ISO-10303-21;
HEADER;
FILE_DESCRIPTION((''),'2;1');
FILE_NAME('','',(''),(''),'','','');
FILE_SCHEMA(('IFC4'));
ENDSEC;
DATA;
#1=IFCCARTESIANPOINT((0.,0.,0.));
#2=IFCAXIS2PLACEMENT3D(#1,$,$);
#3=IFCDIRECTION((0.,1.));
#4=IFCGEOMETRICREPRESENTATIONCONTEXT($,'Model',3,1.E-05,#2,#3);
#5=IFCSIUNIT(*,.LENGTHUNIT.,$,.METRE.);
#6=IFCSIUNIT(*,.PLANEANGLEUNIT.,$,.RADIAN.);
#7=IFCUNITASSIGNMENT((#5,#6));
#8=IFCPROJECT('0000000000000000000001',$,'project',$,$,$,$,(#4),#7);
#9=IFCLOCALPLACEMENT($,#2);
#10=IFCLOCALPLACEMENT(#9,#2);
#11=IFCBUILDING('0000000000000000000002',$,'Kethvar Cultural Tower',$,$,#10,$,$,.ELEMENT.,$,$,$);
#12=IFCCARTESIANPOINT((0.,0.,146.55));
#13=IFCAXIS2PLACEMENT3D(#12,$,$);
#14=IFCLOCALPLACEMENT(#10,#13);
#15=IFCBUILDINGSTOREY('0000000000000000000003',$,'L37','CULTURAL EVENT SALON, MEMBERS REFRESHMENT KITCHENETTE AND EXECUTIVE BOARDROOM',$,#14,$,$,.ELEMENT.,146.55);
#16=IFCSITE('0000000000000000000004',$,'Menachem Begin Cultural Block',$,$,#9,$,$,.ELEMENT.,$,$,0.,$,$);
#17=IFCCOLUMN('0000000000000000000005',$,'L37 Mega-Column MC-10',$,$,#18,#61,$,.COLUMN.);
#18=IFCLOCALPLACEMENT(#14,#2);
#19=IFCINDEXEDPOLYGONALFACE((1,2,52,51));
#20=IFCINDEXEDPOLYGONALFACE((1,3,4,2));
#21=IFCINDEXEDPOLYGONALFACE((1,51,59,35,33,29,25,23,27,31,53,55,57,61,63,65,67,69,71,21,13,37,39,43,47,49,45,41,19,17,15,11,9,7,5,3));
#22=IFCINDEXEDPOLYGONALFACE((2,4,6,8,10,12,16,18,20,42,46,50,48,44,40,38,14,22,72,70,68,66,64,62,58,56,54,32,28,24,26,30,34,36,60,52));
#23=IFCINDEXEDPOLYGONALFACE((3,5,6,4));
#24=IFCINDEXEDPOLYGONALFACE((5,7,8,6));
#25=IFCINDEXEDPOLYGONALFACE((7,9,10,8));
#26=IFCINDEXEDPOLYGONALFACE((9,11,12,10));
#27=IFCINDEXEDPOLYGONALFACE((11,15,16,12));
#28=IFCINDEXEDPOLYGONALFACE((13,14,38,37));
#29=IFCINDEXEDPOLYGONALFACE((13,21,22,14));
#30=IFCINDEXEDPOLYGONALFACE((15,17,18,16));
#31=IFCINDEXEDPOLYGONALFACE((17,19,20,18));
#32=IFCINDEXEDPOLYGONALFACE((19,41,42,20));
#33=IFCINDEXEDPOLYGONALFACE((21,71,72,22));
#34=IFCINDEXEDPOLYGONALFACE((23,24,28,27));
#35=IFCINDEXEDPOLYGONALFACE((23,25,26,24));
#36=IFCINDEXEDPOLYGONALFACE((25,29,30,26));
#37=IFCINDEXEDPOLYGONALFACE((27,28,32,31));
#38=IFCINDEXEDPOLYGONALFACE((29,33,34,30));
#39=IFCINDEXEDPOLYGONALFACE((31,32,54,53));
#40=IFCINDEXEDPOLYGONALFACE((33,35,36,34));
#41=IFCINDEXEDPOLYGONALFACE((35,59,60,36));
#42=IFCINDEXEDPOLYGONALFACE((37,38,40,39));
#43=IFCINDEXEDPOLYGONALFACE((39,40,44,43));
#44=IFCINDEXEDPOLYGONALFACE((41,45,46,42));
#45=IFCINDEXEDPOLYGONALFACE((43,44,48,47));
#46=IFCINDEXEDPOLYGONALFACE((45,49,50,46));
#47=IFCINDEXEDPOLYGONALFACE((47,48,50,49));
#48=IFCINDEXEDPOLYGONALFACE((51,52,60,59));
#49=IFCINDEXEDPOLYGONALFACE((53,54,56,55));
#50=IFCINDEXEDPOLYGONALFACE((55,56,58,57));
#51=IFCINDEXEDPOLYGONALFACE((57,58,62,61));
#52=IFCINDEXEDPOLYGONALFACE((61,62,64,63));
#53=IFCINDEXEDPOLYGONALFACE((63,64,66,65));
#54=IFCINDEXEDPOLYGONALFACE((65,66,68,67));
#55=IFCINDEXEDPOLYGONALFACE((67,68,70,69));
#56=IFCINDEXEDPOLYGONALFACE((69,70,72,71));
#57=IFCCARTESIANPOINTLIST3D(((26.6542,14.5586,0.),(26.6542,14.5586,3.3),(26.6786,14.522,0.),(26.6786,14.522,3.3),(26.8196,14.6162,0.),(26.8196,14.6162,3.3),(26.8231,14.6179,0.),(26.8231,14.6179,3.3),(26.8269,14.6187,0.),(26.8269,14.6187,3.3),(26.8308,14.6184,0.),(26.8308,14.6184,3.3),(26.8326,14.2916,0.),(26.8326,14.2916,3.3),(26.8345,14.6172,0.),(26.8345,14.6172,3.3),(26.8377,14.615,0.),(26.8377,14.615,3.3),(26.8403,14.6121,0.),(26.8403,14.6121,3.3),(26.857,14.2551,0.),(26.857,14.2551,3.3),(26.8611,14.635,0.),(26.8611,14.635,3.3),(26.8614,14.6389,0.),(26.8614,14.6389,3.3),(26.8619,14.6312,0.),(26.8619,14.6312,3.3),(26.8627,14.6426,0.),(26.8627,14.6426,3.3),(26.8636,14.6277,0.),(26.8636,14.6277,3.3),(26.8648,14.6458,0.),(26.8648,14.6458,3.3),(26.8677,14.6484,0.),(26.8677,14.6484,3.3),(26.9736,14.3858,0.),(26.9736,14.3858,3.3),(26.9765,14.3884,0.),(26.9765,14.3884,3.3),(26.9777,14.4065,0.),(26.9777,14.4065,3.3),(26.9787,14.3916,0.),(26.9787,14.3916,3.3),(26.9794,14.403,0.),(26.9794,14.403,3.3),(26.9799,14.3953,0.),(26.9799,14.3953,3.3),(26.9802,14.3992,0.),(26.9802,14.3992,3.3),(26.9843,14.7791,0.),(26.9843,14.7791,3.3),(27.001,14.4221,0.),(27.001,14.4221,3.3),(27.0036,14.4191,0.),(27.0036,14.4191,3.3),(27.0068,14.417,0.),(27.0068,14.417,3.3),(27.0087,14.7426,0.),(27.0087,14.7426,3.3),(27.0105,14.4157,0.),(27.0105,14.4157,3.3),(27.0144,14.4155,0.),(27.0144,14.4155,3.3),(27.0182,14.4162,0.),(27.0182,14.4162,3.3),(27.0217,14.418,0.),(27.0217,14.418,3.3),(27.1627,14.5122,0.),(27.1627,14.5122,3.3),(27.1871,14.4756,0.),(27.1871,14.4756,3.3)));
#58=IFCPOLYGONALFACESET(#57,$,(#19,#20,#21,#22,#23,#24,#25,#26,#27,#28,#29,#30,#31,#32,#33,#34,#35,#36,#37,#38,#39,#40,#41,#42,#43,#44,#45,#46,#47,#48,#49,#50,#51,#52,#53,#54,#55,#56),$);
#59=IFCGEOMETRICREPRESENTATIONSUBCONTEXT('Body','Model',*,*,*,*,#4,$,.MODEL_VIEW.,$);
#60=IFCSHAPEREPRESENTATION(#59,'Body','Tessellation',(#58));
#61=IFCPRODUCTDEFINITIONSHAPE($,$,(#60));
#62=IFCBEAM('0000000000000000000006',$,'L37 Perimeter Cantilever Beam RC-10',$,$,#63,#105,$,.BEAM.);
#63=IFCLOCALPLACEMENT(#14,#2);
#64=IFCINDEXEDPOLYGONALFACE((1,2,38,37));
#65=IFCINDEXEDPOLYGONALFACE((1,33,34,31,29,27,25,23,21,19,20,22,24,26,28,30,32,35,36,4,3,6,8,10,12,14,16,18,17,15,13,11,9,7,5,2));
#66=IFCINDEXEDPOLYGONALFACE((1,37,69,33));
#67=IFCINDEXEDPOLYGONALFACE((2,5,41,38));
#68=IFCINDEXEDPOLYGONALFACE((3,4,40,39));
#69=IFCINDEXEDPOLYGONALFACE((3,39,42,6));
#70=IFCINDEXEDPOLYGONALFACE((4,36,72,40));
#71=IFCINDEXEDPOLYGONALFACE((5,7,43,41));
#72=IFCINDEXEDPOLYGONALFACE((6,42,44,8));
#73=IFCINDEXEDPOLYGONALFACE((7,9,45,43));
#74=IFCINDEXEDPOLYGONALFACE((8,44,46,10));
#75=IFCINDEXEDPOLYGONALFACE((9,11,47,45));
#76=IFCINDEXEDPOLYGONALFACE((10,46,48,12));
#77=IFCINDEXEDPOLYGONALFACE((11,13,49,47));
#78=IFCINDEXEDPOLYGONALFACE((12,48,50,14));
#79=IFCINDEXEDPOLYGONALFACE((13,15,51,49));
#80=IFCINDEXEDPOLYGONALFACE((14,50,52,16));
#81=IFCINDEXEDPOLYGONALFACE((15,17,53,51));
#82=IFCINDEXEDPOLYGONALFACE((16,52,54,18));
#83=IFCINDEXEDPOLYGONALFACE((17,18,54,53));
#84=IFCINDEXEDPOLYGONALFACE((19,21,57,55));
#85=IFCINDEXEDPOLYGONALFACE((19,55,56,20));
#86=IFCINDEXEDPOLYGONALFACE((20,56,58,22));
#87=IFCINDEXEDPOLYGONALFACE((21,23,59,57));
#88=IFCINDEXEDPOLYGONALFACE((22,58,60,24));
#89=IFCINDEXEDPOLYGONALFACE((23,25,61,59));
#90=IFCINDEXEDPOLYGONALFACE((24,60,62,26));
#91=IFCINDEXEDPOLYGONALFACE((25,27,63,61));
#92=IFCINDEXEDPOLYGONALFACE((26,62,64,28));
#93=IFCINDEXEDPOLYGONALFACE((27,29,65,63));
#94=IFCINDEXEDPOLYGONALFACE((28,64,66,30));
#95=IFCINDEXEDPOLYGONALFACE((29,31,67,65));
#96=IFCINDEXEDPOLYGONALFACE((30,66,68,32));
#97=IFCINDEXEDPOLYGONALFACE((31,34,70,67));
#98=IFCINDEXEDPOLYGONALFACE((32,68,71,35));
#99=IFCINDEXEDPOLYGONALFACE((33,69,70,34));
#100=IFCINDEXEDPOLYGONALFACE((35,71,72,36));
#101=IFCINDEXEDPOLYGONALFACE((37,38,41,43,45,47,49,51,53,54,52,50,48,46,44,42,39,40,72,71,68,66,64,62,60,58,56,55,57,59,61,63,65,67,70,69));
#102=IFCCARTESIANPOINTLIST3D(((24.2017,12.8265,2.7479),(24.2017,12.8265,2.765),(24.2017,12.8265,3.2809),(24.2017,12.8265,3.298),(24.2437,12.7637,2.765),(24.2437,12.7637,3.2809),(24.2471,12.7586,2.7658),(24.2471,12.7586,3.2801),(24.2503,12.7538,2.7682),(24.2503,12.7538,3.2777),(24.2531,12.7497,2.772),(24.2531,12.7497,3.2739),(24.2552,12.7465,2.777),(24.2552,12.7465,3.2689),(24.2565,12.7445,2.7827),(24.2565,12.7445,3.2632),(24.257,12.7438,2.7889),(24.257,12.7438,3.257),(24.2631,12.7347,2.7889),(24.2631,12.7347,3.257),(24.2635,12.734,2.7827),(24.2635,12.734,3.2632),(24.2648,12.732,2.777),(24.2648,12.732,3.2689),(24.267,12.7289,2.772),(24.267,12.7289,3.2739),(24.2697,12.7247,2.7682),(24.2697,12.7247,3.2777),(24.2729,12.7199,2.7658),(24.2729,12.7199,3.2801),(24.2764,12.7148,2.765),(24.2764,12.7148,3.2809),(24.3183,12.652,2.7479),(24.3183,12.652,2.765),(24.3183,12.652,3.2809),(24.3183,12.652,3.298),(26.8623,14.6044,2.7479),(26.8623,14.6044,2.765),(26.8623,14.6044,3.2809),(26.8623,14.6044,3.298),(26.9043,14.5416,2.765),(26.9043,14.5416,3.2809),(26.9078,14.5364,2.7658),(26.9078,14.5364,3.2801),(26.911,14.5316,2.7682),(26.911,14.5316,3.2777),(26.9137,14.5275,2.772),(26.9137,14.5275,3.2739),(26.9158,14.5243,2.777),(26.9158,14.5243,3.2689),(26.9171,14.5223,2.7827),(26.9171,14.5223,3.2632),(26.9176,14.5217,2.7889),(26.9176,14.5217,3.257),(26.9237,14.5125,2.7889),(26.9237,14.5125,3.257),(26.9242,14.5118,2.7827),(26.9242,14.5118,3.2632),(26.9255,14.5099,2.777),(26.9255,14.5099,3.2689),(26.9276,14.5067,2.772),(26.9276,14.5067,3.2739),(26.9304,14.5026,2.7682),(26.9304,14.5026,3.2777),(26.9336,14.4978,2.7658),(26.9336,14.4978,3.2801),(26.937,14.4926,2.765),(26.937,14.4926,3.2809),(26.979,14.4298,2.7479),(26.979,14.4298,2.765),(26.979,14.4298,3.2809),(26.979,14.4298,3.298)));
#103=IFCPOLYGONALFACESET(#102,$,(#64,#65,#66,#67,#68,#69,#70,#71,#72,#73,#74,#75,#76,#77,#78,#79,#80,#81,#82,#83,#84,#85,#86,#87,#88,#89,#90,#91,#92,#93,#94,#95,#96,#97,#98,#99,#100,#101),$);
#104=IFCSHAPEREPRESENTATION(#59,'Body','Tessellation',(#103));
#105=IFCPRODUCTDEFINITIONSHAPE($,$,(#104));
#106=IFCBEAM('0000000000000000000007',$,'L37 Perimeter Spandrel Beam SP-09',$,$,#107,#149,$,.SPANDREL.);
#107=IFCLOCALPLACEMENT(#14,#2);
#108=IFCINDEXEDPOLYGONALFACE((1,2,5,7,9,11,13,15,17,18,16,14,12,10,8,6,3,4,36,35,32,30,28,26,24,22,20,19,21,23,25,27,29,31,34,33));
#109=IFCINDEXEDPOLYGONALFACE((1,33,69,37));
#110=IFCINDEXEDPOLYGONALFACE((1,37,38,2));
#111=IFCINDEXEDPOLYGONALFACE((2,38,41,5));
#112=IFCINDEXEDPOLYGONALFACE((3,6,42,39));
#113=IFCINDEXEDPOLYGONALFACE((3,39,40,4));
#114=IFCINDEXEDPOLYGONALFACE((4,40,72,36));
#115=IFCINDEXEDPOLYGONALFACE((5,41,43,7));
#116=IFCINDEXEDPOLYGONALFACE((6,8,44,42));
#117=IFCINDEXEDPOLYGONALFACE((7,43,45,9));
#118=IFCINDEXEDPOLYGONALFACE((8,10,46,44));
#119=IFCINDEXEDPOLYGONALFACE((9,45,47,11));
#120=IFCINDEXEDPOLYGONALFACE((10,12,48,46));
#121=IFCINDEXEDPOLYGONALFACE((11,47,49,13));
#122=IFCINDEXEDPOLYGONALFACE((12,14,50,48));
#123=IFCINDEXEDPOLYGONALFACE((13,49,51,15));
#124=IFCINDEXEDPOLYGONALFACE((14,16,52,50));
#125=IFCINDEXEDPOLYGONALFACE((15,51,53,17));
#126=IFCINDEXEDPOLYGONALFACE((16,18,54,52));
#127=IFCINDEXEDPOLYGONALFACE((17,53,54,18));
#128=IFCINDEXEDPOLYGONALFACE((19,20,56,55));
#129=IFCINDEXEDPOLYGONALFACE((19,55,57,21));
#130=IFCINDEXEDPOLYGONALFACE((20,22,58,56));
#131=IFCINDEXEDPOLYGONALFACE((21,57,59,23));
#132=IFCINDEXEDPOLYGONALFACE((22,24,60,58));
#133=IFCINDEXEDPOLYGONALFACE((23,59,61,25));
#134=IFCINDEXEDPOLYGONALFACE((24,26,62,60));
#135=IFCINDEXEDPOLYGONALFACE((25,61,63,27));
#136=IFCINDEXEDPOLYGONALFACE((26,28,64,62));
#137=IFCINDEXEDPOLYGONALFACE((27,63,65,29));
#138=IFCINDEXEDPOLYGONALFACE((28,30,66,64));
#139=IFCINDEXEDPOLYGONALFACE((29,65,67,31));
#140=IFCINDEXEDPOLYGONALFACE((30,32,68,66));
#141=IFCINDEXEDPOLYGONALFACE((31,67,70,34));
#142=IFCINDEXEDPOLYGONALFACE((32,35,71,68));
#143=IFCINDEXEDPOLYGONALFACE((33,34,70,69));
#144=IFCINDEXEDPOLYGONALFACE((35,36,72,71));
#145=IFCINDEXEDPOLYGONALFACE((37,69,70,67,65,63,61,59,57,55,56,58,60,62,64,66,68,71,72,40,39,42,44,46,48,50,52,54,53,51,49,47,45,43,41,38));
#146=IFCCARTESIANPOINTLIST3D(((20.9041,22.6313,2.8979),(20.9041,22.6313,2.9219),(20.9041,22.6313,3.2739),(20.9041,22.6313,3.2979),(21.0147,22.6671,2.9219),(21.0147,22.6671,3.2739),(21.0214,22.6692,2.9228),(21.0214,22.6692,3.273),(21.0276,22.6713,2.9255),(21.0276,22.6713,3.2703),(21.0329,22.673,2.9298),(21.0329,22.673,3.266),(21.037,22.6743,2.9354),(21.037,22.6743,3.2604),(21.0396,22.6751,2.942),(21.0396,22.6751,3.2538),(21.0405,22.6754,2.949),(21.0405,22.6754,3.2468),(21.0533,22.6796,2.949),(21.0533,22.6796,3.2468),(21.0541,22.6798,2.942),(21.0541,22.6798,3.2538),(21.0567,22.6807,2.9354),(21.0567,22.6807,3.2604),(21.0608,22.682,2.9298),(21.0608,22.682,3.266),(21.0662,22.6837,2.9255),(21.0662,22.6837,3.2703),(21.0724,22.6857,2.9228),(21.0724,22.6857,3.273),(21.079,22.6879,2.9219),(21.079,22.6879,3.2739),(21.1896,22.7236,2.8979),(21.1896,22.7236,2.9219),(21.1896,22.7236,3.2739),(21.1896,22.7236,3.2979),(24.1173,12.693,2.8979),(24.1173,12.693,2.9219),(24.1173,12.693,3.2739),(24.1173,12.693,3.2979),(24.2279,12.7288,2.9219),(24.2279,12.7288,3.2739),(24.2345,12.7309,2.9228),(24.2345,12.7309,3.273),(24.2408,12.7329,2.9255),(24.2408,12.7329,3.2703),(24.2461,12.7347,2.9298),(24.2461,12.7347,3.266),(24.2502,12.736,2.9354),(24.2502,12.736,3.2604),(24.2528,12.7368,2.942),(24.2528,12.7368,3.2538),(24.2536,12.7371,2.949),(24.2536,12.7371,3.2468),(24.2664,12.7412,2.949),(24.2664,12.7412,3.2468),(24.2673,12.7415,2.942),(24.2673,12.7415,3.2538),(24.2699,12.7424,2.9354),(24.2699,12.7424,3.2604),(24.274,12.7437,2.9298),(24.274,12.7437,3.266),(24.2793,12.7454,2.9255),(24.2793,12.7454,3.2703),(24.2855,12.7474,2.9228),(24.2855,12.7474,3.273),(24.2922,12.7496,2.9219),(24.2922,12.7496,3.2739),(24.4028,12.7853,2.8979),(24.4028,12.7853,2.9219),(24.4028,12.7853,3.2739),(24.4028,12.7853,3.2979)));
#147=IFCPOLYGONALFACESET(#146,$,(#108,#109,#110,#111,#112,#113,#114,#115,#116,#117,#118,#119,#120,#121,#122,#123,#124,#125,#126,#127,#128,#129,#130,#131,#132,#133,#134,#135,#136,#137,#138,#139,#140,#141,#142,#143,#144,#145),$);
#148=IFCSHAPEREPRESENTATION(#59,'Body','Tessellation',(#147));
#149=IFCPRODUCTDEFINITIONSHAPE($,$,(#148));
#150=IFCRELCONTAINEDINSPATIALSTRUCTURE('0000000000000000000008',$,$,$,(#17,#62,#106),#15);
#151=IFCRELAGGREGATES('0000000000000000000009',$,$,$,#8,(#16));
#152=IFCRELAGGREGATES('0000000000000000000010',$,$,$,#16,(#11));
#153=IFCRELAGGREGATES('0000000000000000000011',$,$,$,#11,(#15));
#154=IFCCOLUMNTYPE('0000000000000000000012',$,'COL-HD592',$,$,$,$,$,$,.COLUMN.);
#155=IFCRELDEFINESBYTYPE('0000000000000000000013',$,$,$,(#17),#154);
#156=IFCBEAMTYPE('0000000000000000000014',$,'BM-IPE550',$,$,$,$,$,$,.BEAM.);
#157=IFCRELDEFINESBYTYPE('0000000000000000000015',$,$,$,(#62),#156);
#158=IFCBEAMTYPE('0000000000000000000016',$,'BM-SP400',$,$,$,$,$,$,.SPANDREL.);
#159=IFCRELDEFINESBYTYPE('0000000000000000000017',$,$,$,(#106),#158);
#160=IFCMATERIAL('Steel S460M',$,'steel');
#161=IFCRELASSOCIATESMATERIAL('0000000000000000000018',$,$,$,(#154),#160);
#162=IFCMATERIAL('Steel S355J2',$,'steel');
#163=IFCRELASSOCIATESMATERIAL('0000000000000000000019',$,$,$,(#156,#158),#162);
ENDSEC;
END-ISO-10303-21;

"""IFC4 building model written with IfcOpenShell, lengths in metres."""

from ifc_helpers import new_model, si_unit, direction, frame, origin, origin_2d, place, context, subcontext, project, spatial, i_section, extrude, source, transform, mapped, material, material_profile, profile_set, type_object, element, save


model = new_model("IFC4")

# Units and contexts
model_context = context("Model", 3, precision=1e-05, world=origin(), true_north=direction((0.0, 1.0)))
body_context = subcontext(model_context, "Body", "Model", "MODEL_VIEW")
ifc_project = project(units=[si_unit("LENGTHUNIT", "METRE"), si_unit("PLANEANGLEUNIT", "RADIAN")], contexts=[model_context])

# Site, building, storey
site_placement = place(None, origin())
site = spatial("IfcSite", under=ifc_project, at=site_placement, Name="Menachem Begin Cultural Block", CompositionType="ELEMENT", RefElevation=0.0)
building_placement = place(site_placement, origin())
building = spatial("IfcBuilding", under=site, at=building_placement, Name="Kethvar Cultural Tower", CompositionType="ELEMENT")
storey_placement = place(building_placement, frame((0.0, 0.0, 146.55)))
storey = spatial("IfcBuildingStorey", under=building, at=storey_placement, Name="L37", Description="CULTURAL EVENT SALON, MEMBERS REFRESHMENT KITCHENETTE AND EXECUTIVE BOARDROOM", CompositionType="ELEMENT", Elevation=146.55)

# Column
ifc_material_1 = material(Name="Steel S460M", Category="steel")
ifc_material_profile_1 = material_profile(ifc_material_1, i_section(OverallWidth=0.397, OverallDepth=0.365, WebThickness=0.0281, FlangeThickness=0.0439, FilletRadius=0.0149, at=origin_2d()), Name="Steel S460M — HD400x592")
ifc_profile_set_1 = profile_set([ifc_material_profile_1], Name="Steel S460M — HD400x592")
column_type = type_object("IfcColumnType", Name="COL-HD592", PredefinedType="COLUMN", material=ifc_profile_set_1)
shared_shape_1 = source(origin(), body_context, "Body", "SweptSolid", [
    extrude(i_section(OverallWidth=0.397, OverallDepth=0.365, WebThickness=0.0281, FlangeThickness=0.0439, FilletRadius=0.0149, at=origin_2d()), origin(), (0.0, 0.0, 1.0), 3.3),
])
column_placement = place(storey_placement, frame((26.9207, 14.5171, 0.0), z_axis=(0.0, 0.0, 1.0), x_axis=(-0.83147, -0.55557, 0.0)))
element("IfcColumn", 1, at=column_placement, inside=storey, type_object=column_type, Name="L37 Mega-Column MC-10", PredefinedType="COLUMN", context=body_context, shape_type="MappedRepresentation", body=[
    mapped(shared_shape_1, transform((0.0, 0.0, 0.0), scale=1.0)),
])

# Beams
ifc_material_2 = material(Name="Steel S355J2", Category="steel")
ifc_material_profile_2 = material_profile(ifc_material_2, i_section(OverallWidth=0.21, OverallDepth=0.55, WebThickness=0.011, FlangeThickness=0.0171, FilletRadius=0.0239, at=origin_2d()), Name="Steel S355J2 — IPE550")
ifc_profile_set_2 = profile_set([ifc_material_profile_2], Name="Steel S355J2 — IPE550")
beam_type_1 = type_object("IfcBeamType", Name="BM-IPE550", PredefinedType="BEAM", material=ifc_profile_set_2)
shared_shape_2 = source(origin(), body_context, "Body", "SweptSolid", [
    extrude(i_section(OverallWidth=0.21, OverallDepth=0.55, WebThickness=0.011, FlangeThickness=0.0171, FilletRadius=0.0239, at=origin_2d()), origin(), (0.0, 0.0, 1.0), 3.2),
])
beam_1_placement = place(storey_placement, frame((26.9207, 14.5171, 3.0229), z_axis=(-0.831463, -0.55558, 0.0), x_axis=(0.55558, -0.831463, 0.0)))
element("IfcBeam", 2, at=beam_1_placement, inside=storey, type_object=beam_type_1, Name="L37 Perimeter Cantilever Beam RC-10", PredefinedType="BEAM", context=body_context, shape_type="MappedRepresentation", body=[
    mapped(shared_shape_2, transform((0.0, 0.0, 0.0), scale=1.0)),
])
ifc_material_profile_3 = material_profile(ifc_material_2, i_section(OverallWidth=0.3, OverallDepth=0.3999, WebThickness=0.0134, FlangeThickness=0.0239, FilletRadius=0.0271, at=origin_2d()), Name="Steel S355J2 — HEB400")
ifc_profile_set_3 = profile_set([ifc_material_profile_3], Name="Steel S355J2 — HEB400")
beam_type_2 = type_object("IfcBeamType", Name="BM-SP400", PredefinedType="SPANDREL", material=ifc_profile_set_3)
shared_shape_3 = source(origin(), body_context, "Body", "SweptSolid", [
    extrude(i_section(OverallWidth=0.3, OverallDepth=0.3999, WebThickness=0.0134, FlangeThickness=0.0239, FilletRadius=0.0271, at=origin_2d()), origin(), (0.0, 0.0, 1.0), 10.4448),
])
beam_2_placement = place(storey_placement, frame((21.0469, 22.6775, 3.0979), z_axis=(0.307632, -0.951506, 0.0), x_axis=(0.951506, 0.307632, 0.0)))
element("IfcBeam", 3, at=beam_2_placement, inside=storey, type_object=beam_type_2, Name="L37 Perimeter Spandrel Beam SP-09", PredefinedType="SPANDREL", context=body_context, shape_type="MappedRepresentation", body=[
    mapped(shared_shape_3, transform((0.0, 0.0, 0.0), scale=1.0)),
])

save(model, "model.ifc")
